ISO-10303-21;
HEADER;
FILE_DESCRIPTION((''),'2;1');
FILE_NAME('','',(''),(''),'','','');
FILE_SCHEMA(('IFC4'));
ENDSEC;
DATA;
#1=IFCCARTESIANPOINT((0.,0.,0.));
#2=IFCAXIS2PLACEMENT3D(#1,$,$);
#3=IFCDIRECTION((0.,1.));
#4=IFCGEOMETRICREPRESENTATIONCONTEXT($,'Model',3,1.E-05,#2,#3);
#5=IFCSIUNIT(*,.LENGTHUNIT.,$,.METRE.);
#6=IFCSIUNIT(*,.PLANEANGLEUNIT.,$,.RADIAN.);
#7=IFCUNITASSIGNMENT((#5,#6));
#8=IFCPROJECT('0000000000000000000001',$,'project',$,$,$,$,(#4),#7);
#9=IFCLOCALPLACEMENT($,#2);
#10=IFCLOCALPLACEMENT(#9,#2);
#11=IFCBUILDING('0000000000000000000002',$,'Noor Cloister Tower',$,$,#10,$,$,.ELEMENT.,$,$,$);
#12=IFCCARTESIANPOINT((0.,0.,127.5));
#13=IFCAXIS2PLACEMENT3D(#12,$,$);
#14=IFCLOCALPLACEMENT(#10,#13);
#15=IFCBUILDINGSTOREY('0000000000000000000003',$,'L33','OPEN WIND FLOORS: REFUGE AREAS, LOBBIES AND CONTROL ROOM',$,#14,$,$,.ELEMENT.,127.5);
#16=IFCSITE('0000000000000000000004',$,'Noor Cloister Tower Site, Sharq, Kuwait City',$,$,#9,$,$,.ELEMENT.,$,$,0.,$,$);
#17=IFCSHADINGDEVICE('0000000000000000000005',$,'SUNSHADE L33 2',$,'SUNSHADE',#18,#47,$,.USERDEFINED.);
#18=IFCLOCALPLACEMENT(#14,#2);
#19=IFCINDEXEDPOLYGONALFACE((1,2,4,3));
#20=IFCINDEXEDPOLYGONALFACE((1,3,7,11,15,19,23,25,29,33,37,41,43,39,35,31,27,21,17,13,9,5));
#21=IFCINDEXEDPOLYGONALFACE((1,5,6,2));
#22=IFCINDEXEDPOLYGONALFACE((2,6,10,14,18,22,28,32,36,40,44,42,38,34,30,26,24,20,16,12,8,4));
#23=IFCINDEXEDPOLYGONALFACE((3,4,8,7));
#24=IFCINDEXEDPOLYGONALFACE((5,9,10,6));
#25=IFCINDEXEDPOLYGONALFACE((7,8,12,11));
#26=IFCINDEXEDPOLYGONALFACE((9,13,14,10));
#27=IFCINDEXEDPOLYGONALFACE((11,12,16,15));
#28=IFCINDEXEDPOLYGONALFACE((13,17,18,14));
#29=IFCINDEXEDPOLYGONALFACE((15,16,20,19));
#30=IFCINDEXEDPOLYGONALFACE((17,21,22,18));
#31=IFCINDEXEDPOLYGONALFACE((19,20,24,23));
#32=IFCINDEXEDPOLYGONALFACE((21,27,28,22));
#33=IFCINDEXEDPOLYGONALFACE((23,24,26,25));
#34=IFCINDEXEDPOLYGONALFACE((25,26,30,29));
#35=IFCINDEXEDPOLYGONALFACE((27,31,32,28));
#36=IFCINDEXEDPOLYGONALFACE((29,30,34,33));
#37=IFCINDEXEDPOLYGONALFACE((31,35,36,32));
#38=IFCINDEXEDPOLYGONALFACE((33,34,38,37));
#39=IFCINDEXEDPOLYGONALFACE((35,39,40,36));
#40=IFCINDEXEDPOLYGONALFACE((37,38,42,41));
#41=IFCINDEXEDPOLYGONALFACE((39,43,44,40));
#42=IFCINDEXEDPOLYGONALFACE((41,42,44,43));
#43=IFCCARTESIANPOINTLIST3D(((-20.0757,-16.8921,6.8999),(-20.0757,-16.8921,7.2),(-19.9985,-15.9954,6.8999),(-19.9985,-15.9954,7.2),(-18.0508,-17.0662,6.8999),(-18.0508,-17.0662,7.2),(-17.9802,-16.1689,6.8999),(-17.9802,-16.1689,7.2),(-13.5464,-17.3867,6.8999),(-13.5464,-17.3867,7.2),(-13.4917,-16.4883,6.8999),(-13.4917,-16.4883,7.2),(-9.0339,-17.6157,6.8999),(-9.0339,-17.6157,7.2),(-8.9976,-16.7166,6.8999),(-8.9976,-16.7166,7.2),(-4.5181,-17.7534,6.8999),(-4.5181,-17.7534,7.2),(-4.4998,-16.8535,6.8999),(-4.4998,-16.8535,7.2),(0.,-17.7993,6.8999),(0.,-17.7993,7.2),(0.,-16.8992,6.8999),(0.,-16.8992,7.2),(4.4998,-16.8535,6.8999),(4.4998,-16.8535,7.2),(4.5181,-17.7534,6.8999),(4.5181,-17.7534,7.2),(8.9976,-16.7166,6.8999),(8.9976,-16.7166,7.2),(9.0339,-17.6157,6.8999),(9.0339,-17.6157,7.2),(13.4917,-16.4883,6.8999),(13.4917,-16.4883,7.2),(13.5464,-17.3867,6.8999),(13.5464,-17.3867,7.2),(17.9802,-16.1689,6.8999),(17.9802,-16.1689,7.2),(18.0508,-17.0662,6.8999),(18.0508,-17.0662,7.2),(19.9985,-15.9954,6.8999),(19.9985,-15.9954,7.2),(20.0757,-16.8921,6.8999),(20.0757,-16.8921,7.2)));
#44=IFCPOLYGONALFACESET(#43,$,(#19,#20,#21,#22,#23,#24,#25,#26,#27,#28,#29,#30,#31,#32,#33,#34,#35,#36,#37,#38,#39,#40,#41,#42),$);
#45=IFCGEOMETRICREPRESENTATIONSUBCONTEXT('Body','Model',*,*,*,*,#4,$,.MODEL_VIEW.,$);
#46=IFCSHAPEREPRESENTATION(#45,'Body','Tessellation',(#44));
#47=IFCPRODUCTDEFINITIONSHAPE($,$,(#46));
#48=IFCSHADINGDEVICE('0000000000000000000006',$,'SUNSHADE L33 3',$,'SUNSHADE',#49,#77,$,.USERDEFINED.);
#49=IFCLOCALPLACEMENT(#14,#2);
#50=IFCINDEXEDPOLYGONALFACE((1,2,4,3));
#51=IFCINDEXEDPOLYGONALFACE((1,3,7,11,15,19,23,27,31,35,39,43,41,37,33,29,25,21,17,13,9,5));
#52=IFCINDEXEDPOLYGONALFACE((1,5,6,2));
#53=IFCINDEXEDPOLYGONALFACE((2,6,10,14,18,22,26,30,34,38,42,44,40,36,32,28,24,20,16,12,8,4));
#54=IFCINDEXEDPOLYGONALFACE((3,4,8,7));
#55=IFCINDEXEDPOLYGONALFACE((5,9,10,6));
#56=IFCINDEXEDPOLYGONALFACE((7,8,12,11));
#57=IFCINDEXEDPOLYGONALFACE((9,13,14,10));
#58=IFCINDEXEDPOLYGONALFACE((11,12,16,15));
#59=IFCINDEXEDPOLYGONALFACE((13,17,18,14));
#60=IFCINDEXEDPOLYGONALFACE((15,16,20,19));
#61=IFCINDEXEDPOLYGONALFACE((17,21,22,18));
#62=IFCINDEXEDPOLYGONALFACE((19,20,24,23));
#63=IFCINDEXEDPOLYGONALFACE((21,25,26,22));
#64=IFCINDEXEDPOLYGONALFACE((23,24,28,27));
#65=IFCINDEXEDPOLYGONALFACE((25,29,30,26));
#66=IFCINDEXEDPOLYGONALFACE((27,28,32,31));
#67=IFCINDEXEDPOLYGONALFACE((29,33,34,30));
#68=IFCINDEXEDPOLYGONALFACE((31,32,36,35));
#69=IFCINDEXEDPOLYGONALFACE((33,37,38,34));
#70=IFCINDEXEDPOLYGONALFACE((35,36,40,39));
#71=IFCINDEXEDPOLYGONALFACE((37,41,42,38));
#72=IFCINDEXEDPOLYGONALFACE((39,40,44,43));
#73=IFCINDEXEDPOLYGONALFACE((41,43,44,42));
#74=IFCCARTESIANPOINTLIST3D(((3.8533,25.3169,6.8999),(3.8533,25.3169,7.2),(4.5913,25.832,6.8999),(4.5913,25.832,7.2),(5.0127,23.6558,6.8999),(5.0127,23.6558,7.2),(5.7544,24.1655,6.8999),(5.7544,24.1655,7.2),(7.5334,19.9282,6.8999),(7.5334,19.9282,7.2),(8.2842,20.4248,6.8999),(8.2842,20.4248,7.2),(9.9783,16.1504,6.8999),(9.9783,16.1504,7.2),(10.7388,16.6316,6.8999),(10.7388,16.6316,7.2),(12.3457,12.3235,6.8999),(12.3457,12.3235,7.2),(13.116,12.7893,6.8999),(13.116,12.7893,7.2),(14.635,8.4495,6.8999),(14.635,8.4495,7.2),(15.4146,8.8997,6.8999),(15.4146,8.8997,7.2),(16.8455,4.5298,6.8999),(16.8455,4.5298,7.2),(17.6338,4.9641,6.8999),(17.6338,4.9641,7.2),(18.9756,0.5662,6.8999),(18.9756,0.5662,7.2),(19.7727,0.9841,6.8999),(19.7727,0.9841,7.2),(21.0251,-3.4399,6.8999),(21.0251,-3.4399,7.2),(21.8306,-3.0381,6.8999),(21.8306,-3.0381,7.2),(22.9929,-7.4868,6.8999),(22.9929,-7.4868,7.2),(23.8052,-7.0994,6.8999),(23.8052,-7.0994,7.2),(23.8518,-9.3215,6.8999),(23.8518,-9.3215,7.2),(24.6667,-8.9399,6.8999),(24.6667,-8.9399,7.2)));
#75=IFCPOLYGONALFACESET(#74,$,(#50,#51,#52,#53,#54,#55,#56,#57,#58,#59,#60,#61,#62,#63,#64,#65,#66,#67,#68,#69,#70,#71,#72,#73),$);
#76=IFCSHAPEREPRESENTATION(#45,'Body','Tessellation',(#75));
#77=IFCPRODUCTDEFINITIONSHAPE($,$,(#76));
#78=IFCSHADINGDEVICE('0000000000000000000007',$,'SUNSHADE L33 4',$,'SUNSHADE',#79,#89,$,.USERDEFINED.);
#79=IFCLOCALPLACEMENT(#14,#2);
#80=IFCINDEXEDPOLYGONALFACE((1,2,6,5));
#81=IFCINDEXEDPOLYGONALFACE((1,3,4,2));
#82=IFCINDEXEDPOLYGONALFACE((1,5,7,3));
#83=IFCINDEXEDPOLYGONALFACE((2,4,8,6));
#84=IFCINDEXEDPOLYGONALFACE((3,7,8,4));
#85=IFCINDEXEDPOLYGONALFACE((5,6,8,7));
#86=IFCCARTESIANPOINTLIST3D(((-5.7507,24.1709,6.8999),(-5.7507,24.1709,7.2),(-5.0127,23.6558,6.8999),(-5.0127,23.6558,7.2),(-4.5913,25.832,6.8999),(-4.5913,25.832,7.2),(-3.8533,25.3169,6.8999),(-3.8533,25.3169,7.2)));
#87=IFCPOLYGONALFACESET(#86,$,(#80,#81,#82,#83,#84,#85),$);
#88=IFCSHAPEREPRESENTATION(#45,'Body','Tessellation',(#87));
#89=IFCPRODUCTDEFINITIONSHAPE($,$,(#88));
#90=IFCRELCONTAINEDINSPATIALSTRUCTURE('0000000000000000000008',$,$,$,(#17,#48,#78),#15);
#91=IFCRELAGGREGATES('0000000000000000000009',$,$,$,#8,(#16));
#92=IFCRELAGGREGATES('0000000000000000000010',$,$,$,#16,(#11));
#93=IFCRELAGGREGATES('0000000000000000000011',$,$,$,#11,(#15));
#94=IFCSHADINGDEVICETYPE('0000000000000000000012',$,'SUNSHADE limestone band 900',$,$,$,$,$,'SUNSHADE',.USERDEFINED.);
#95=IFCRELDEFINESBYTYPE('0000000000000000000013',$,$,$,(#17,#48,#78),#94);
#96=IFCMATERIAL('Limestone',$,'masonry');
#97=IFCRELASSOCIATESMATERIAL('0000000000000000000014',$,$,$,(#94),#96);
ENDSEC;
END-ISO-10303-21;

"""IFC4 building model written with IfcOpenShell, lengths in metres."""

from ifc_helpers import new_model, si_unit, direction, frame, origin, place, context, subcontext, project, spatial, polyline, outline, extrude, material, type_object, element, save


model = new_model("IFC4")

# Units and contexts
model_context = context("Model", 3, precision=1e-05, world=origin(), true_north=direction((0.0, 1.0)))
body_context = subcontext(model_context, "Body", "Model", "MODEL_VIEW")
ifc_project = project(units=[si_unit("LENGTHUNIT", "METRE"), si_unit("PLANEANGLEUNIT", "RADIAN")], contexts=[model_context])

# Site, building, storey
site_placement = place(None, origin())
site = spatial("IfcSite", under=ifc_project, at=site_placement, Name="Noor Cloister Tower Site, Sharq, Kuwait City", CompositionType="ELEMENT", RefElevation=0.0)
building_placement = place(site_placement, origin())
building = spatial("IfcBuilding", under=site, at=building_placement, Name="Noor Cloister Tower", CompositionType="ELEMENT")
storey_placement = place(building_placement, frame((0.0, 0.0, 127.5)))
storey = spatial("IfcBuildingStorey", under=building, at=storey_placement, Name="L33", Description="OPEN WIND FLOORS: REFUGE AREAS, LOBBIES AND CONTROL ROOM", CompositionType="ELEMENT", Elevation=127.5)

# Shading devices
ifc_material_1 = material(Name="Limestone", Category="masonry")
shading_device_type = type_object("IfcShadingDeviceType", Name="SUNSHADE limestone band 900", ElementType="SUNSHADE", PredefinedType="USERDEFINED", material=ifc_material_1)
shading_device_1_placement = place(storey_placement, frame((0.0, 0.0, 6.8999)))
element("IfcShadingDevice", 1, at=shading_device_1_placement, inside=storey, type_object=shading_device_type, Name="SUNSHADE L33 2", ObjectType="SUNSHADE", PredefinedType="USERDEFINED", context=body_context, shape_type="SweptSolid", body=[
    extrude(outline(polyline([(-20.0757, -16.8921), (-18.0508, -17.0662), (-13.5464, -17.3867), (-9.0339, -17.6157), (-4.5181, -17.7534), (0.0, -17.7993), (4.5181, -17.7534), (9.0339, -17.6157), (13.5464, -17.3867), (18.0508, -17.0662), (20.0757, -16.8921), (19.9985, -15.9954), (17.9802, -16.1689), (13.4917, -16.4883), (8.9976, -16.7166), (4.4998, -16.8535), (0.0, -16.8992), (-4.4998, -16.8535), (-8.9976, -16.7166), (-13.4917, -16.4883), (-17.9802, -16.1689), (-19.9985, -15.9954), (-20.0757, -16.8921)])), origin(), (0.0, 0.0, 1.0), 0.3),
])
shading_device_2_placement = place(storey_placement, frame((0.0, 0.0, 6.8999)))
element("IfcShadingDevice", 2, at=shading_device_2_placement, inside=storey, type_object=shading_device_type, Name="SUNSHADE L33 3", ObjectType="SUNSHADE", PredefinedType="USERDEFINED", context=body_context, shape_type="SweptSolid", body=[
    extrude(outline(polyline([(24.6667, -8.9399), (23.8052, -7.0994), (21.8306, -3.0381), (19.7727, 0.9841), (17.6338, 4.9641), (15.4146, 8.8997), (13.116, 12.7893), (10.7388, 16.6316), (8.2842, 20.4248), (5.7544, 24.1655), (4.5913, 25.832), (3.8533, 25.3169), (5.0127, 23.6558), (7.5334, 19.9282), (9.9783, 16.1504), (12.3457, 12.3235), (14.635, 8.4495), (16.8455, 4.5298), (18.9756, 0.5662), (21.0251, -3.4399), (22.9929, -7.4868), (23.8518, -9.3215), (24.6667, -8.9399)])), origin(), (0.0, 0.0, 1.0), 0.3),
])
shading_device_3_placement = place(storey_placement, frame((0.0, 0.0, 6.8999)))
element("IfcShadingDevice", 3, at=shading_device_3_placement, inside=storey, type_object=shading_device_type, Name="SUNSHADE L33 4", ObjectType="SUNSHADE", PredefinedType="USERDEFINED", context=body_context, shape_type="SweptSolid", body=[
    extrude(outline(polyline([(-4.5913, 25.832), (-5.7507, 24.1709), (-5.0127, 23.6558), (-3.8533, 25.3169), (-4.5913, 25.832)])), origin(), (0.0, 0.0, 1.0), 0.3),
])

save(model, "model.ifc")
